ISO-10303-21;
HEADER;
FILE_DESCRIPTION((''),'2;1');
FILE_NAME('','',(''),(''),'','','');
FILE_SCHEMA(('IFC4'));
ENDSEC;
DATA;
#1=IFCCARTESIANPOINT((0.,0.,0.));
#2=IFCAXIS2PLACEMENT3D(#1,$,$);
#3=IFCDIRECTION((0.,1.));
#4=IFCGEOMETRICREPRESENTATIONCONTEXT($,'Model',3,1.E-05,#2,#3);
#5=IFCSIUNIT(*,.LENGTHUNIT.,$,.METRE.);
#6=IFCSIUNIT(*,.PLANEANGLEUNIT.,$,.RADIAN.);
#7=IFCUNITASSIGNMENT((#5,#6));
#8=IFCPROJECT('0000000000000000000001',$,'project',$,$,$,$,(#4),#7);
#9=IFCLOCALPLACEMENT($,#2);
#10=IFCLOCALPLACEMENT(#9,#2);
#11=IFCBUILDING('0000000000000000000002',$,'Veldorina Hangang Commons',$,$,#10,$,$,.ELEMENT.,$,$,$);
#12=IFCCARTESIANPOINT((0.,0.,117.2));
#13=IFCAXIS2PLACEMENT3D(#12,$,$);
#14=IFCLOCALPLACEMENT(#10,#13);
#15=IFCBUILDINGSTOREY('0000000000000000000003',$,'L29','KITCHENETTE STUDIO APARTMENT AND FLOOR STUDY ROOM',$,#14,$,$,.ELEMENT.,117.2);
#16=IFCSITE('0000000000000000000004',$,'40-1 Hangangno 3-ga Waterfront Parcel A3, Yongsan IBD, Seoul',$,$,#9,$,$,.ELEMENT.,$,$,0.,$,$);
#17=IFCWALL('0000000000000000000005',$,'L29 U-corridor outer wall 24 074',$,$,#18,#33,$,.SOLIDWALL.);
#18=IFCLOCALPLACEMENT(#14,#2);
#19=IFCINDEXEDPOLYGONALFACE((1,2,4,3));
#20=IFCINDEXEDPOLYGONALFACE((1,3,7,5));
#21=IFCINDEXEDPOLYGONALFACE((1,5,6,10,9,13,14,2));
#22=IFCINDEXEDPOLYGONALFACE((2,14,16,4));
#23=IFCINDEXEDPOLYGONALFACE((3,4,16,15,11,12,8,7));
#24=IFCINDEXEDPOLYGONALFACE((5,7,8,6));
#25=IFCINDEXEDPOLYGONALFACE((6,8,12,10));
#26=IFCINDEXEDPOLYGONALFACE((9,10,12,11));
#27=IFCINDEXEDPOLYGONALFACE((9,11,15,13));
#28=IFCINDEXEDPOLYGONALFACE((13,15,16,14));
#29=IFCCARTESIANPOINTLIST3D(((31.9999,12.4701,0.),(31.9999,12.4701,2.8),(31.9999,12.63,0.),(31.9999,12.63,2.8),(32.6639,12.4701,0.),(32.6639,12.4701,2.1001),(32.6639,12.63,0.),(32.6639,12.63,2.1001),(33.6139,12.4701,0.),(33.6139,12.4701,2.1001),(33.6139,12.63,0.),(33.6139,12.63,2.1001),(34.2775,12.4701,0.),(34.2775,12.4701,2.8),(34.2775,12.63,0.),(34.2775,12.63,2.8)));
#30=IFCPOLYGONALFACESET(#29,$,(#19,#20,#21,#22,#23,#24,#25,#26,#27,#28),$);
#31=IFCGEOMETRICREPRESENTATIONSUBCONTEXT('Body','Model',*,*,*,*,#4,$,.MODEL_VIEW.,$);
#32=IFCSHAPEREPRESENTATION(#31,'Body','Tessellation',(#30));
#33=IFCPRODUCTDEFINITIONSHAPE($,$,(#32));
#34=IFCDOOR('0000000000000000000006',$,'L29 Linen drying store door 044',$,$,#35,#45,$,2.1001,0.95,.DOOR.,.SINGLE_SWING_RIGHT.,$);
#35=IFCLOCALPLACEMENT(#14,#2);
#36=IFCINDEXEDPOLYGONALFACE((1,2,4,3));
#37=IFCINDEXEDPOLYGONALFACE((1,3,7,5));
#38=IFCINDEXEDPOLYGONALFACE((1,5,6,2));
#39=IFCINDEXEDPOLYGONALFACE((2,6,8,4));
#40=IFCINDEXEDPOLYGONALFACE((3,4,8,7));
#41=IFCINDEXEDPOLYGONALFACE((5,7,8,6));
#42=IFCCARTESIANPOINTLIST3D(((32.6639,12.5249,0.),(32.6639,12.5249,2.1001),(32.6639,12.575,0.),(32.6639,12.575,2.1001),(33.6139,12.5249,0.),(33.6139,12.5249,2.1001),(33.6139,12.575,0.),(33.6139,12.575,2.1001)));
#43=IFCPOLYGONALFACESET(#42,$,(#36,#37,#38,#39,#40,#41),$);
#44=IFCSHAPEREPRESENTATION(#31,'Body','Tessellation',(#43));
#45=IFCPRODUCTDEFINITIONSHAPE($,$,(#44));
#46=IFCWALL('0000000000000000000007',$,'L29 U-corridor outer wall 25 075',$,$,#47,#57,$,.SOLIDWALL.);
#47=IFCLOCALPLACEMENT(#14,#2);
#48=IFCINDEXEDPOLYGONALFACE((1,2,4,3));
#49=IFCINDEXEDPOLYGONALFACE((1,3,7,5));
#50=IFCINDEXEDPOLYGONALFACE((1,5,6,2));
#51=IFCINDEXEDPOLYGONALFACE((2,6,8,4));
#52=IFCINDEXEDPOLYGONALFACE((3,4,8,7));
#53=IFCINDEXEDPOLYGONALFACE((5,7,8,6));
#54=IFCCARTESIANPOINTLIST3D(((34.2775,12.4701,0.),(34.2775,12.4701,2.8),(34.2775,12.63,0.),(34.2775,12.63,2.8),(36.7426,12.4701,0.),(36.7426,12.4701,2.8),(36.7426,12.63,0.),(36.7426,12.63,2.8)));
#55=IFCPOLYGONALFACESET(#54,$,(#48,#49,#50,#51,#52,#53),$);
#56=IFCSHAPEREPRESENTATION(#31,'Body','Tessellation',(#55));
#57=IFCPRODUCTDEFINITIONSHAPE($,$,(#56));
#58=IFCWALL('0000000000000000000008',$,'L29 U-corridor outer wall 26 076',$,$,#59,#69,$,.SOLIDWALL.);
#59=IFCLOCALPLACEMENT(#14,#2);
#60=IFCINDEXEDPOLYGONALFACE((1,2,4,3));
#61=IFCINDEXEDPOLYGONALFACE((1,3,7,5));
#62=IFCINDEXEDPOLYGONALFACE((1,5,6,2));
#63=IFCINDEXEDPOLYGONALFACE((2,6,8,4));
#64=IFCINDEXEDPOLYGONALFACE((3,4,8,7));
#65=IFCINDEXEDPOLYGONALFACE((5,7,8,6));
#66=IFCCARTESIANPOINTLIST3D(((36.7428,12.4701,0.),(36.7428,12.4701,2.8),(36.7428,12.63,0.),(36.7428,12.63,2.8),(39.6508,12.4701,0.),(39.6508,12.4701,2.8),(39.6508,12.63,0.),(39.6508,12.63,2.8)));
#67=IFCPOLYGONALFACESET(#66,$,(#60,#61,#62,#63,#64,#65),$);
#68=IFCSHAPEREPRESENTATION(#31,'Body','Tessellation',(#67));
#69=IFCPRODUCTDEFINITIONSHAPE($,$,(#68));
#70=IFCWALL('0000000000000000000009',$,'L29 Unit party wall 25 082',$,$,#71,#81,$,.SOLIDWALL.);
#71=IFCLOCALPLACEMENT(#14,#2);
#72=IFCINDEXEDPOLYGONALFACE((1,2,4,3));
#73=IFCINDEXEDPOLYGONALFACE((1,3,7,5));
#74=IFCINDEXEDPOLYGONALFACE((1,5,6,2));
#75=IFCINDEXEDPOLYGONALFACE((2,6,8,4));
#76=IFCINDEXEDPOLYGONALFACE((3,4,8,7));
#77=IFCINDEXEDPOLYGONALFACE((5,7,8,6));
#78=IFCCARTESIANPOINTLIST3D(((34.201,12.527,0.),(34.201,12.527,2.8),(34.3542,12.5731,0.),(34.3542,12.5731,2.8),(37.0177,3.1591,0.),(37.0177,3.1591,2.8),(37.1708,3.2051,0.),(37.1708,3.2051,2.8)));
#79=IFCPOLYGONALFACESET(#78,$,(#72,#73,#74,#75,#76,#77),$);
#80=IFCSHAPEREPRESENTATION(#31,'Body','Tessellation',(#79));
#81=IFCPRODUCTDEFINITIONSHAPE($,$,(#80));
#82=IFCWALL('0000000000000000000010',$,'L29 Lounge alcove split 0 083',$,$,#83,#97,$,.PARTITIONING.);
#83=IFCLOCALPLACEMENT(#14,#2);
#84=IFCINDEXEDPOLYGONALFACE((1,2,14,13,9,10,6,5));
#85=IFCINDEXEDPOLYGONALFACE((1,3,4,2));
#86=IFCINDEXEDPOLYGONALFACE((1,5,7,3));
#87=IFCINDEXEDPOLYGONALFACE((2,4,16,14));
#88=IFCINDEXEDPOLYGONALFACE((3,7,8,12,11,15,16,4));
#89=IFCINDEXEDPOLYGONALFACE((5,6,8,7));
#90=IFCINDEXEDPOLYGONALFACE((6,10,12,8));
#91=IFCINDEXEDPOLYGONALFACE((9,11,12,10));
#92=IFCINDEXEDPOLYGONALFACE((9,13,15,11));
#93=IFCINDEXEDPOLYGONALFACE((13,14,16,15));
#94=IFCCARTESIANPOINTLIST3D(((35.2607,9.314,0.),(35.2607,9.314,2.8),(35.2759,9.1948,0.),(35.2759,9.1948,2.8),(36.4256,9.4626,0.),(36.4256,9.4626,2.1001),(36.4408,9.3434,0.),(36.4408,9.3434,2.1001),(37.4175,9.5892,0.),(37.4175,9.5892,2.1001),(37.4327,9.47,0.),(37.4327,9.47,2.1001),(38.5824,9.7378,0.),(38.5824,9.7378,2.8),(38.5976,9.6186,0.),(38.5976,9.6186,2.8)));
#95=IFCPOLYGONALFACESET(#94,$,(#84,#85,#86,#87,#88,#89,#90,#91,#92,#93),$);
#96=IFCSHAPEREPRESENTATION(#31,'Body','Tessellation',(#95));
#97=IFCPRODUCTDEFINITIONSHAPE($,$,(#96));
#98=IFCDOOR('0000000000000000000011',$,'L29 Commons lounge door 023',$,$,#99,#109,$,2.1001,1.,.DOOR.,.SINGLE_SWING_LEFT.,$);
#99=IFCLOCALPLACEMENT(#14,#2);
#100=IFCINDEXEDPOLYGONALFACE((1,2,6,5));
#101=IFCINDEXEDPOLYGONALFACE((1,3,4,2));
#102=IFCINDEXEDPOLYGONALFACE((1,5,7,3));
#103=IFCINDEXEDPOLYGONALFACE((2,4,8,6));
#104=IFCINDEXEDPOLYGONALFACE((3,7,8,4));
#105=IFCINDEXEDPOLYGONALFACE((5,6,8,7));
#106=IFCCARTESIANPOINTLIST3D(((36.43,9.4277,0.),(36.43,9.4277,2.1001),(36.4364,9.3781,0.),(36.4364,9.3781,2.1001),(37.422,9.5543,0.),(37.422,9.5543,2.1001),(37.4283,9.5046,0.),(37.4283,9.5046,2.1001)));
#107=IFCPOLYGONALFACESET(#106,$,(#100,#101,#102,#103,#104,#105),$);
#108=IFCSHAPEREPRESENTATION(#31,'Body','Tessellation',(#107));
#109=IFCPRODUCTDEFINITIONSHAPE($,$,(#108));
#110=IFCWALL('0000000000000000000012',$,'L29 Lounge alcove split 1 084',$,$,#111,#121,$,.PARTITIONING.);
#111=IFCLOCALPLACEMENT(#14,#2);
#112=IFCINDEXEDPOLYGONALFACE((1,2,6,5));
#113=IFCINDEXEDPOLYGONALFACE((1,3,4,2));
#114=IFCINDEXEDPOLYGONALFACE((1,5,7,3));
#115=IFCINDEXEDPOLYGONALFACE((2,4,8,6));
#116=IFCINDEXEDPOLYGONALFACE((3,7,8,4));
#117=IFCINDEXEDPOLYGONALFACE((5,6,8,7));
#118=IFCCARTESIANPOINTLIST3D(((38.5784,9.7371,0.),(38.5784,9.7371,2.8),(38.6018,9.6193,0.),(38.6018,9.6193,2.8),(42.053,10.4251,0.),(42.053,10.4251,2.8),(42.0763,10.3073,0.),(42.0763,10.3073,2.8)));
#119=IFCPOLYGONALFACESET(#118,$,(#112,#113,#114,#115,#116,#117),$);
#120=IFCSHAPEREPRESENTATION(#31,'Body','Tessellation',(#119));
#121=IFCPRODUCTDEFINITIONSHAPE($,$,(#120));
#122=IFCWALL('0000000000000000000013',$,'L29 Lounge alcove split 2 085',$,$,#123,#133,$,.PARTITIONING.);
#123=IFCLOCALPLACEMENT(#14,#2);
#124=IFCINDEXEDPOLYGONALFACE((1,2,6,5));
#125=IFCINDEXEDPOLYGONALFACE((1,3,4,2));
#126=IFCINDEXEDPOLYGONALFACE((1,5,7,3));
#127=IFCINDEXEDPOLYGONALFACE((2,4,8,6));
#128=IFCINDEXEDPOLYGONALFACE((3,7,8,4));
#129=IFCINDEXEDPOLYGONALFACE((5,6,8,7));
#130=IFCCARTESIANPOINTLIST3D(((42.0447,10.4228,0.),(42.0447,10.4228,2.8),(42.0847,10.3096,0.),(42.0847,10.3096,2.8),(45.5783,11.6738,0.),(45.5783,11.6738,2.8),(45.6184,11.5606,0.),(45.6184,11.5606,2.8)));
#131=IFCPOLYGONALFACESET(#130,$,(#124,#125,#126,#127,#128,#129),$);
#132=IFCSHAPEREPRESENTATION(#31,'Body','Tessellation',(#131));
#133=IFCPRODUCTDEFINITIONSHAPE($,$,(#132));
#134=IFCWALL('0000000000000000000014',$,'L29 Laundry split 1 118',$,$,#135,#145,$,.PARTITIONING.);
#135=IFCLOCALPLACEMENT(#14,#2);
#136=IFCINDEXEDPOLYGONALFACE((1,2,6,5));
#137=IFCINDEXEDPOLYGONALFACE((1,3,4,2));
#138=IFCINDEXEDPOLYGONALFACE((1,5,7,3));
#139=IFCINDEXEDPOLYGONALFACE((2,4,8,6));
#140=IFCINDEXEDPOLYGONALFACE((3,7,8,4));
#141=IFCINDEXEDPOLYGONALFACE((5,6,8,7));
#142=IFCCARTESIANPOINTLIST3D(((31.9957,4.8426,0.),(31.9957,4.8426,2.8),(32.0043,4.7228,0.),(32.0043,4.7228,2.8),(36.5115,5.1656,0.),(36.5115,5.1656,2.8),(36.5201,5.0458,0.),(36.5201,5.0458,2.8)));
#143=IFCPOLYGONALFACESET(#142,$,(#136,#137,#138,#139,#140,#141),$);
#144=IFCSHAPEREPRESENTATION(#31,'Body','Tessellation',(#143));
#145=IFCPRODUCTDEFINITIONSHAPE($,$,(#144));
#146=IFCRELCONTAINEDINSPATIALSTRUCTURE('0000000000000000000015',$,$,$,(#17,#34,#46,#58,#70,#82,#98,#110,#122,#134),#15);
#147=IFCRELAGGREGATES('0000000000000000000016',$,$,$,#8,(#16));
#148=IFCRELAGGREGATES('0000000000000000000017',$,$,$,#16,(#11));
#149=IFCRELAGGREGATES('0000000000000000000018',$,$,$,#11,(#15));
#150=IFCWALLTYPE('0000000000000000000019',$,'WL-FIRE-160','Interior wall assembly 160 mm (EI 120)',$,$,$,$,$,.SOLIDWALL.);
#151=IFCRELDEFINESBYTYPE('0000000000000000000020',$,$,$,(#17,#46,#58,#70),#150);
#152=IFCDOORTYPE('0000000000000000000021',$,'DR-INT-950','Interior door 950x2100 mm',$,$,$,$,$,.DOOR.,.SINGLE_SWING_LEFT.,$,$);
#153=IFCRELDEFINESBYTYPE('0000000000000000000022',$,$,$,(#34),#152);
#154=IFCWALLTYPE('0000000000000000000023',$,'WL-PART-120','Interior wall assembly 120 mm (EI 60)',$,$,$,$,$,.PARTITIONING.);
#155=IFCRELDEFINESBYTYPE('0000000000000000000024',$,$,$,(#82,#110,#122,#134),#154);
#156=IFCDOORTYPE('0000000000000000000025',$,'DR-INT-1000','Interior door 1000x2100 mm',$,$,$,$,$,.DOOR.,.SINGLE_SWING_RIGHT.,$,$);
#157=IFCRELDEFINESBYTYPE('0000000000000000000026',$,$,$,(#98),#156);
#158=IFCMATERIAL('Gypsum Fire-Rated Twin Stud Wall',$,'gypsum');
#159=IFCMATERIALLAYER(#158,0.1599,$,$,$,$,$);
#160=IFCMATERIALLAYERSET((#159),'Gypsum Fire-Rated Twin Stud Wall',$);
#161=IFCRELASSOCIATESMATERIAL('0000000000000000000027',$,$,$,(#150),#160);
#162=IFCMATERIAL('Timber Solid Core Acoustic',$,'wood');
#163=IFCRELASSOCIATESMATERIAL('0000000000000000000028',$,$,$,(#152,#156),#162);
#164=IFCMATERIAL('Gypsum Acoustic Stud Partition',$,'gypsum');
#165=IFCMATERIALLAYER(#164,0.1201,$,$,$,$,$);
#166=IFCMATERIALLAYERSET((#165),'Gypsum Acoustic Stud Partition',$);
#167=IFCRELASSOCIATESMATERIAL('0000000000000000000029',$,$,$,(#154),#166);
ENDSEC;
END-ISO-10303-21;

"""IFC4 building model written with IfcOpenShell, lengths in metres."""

from ifc_helpers import new_model, si_unit, direction, frame, frame_2d, origin, place, context, subcontext, project, spatial, rectangle, extrude, material, layer, layer_set, type_object, element, fill, save


model = new_model("IFC4")

# Units and contexts
model_context = context("Model", 3, precision=1e-05, world=origin(), true_north=direction((0.0, 1.0)))
body_context = subcontext(model_context, "Body", "Model", "MODEL_VIEW")
ifc_project = project(units=[si_unit("LENGTHUNIT", "METRE"), si_unit("PLANEANGLEUNIT", "RADIAN")], contexts=[model_context])

# Site, building, storey
site_placement = place(None, origin())
site = spatial("IfcSite", under=ifc_project, at=site_placement, Name="40-1 Hangangno 3-ga Waterfront Parcel A3, Yongsan IBD, Seoul", CompositionType="ELEMENT", RefElevation=0.0)
building_placement = place(site_placement, origin())
building = spatial("IfcBuilding", under=site, at=building_placement, Name="Veldorina Hangang Commons", CompositionType="ELEMENT")
storey_placement = place(building_placement, frame((0.0, 0.0, 117.2)))
storey = spatial("IfcBuildingStorey", under=building, at=storey_placement, Name="L29", Description="KITCHENETTE STUDIO APARTMENT AND FLOOR STUDY ROOM", CompositionType="ELEMENT", Elevation=117.2)

# Wall, opening, door
ifc_material_1 = material(Name="Gypsum Fire-Rated Twin Stud Wall", Category="gypsum")
ifc_layer_1 = layer(ifc_material_1, 0.1599)
ifc_layer_set_1 = layer_set([ifc_layer_1], Name="Gypsum Fire-Rated Twin Stud Wall")
wall_type_1 = type_object("IfcWallType", Name="WL-FIRE-160", Description="Interior wall assembly 160 mm (EI 120)", PredefinedType="SOLIDWALL", material=ifc_layer_set_1)
wall_1_placement = place(storey_placement, frame((32.0, 12.55, 0.0), z_axis=(0.0, 0.0, 1.0), x_axis=(1.0, 0.0, 0.0)))
wall_1 = element("IfcWall", 1, at=wall_1_placement, inside=storey, type_object=wall_type_1, Name="L29 U-corridor outer wall 24 074", PredefinedType="SOLIDWALL", context=body_context, shape_type="SweptSolid", body=[
    extrude(rectangle(XDim=2.2776, YDim=0.1599, at=frame_2d((1.1387, 0.0))), origin(), (0.0, 0.0, 1.0), 2.8),
])
opening_1_placement = place(wall_1_placement, frame((0.6638, 0.0, 0.0)))
opening_1 = element("IfcOpeningElement", 2, at=opening_1_placement, cuts=wall_1, PredefinedType="OPENING", context=body_context, shape_type="SweptSolid", body=[
    extrude(rectangle(XDim=0.95, YDim=2.1001, at=frame_2d((0.4751, 1.05))), frame((0.0, 0.0898, 0.0), z_axis=(0.0, -1.0, 0.0), x_axis=(1.0, 0.0, 0.0)), (0.0, 0.0, 1.0), 0.1799),
])
ifc_material_2 = material(Name="Timber Solid Core Acoustic", Category="wood")
door_type_1 = type_object("IfcDoorType", Name="DR-INT-950", Description="Interior door 950x2100 mm", OperationType="SINGLE_SWING_LEFT", PredefinedType="DOOR", material=ifc_material_2)
door_1_placement = place(opening_1_placement, origin())
door_1 = element("IfcDoor", 3, at=door_1_placement, inside=storey, type_object=door_type_1, Name="L29 Linen drying store door 044", OperationType="SINGLE_SWING_RIGHT", OverallHeight=2.1001, OverallWidth=0.95, PredefinedType="DOOR", context=body_context, shape_type="SweptSolid", body=[
    extrude(rectangle(XDim=0.95, YDim=2.1001, at=frame_2d((0.4751, 1.05))), frame((0.0, 0.0249, 0.0), z_axis=(0.0, -1.0, 0.0), x_axis=(1.0, 0.0, 0.0)), (0.0, 0.0, 1.0), 0.05),
])
fill(opening_1, door_1)

# Walls
wall_2_placement = place(storey_placement, frame((34.2776, 12.55, 0.0), z_axis=(0.0, 0.0, 1.0), x_axis=(1.0, 0.0, 0.0)))
element("IfcWall", 4, at=wall_2_placement, inside=storey, type_object=wall_type_1, Name="L29 U-corridor outer wall 25 075", PredefinedType="SOLIDWALL", context=body_context, shape_type="SweptSolid", body=[
    extrude(rectangle(XDim=2.4651, YDim=0.1599, at=frame_2d((1.2324, 0.0))), origin(), (0.0, 0.0, 1.0), 2.8),
])
wall_3_placement = place(storey_placement, frame((36.7427, 12.55, 0.0), z_axis=(0.0, 0.0, 1.0), x_axis=(1.0, 0.0, 0.0)))
element("IfcWall", 5, at=wall_3_placement, inside=storey, type_object=wall_type_1, Name="L29 U-corridor outer wall 26 076", PredefinedType="SOLIDWALL", context=body_context, shape_type="SweptSolid", body=[
    extrude(rectangle(XDim=2.908, YDim=0.1599, at=frame_2d((1.4541, 0.0))), origin(), (0.0, 0.0, 1.0), 2.8),
])
wall_4_placement = place(storey_placement, frame((34.2776, 12.55, 0.0), z_axis=(0.0, 0.0, 1.0), x_axis=(0.287936, -0.95765, 0.0)))
element("IfcWall", 6, at=wall_4_placement, inside=storey, type_object=wall_type_1, Name="L29 Unit party wall 25 082", PredefinedType="SOLIDWALL", context=body_context, shape_type="SweptSolid", body=[
    extrude(rectangle(XDim=9.7822, YDim=0.1599, at=frame_2d((4.8911, 0.0))), origin(), (0.0, 0.0, 1.0), 2.8),
])

# Wall, opening, door
ifc_material_3 = material(Name="Gypsum Acoustic Stud Partition", Category="gypsum")
ifc_layer_2 = layer(ifc_material_3, 0.1201)
ifc_layer_set_2 = layer_set([ifc_layer_2], Name="Gypsum Acoustic Stud Partition")
wall_type_2 = type_object("IfcWallType", Name="WL-PART-120", Description="Interior wall assembly 120 mm (EI 60)", PredefinedType="PARTITIONING", material=ifc_layer_set_2)
wall_5_placement = place(storey_placement, frame((35.2683, 9.2544, 0.0), z_axis=(0.0, 0.0, 1.0), x_axis=(0.991958, 0.126565, 0.0)))
wall_5 = element("IfcWall", 7, at=wall_5_placement, inside=storey, type_object=wall_type_2, Name="L29 Lounge alcove split 0 083", PredefinedType="PARTITIONING", context=body_context, shape_type="SweptSolid", body=[
    extrude(rectangle(XDim=3.3486, YDim=0.1201, at=frame_2d((1.6743, 0.0))), origin(), (0.0, 0.0, 1.0), 2.8),
])
opening_2_placement = place(wall_5_placement, frame((1.1743, 0.0, 0.0)))
opening_2 = element("IfcOpeningElement", 8, at=opening_2_placement, cuts=wall_5, PredefinedType="OPENING", context=body_context, shape_type="SweptSolid", body=[
    extrude(rectangle(XDim=1.0, YDim=2.1001, at=frame_2d((0.5, 1.05))), frame((0.0, 0.0701, 0.0), z_axis=(0.0, -1.0, 0.0), x_axis=(1.0, 0.0, 0.0)), (0.0, 0.0, 1.0), 0.1401),
])
door_type_2 = type_object("IfcDoorType", Name="DR-INT-1000", Description="Interior door 1000x2100 mm", OperationType="SINGLE_SWING_RIGHT", PredefinedType="DOOR", material=ifc_material_2)
door_2_placement = place(opening_2_placement, origin())
door_2 = element("IfcDoor", 9, at=door_2_placement, inside=storey, type_object=door_type_2, Name="L29 Commons lounge door 023", OperationType="SINGLE_SWING_LEFT", OverallHeight=2.1001, OverallWidth=1.0, PredefinedType="DOOR", context=body_context, shape_type="SweptSolid", body=[
    extrude(rectangle(XDim=1.0, YDim=2.1001, at=frame_2d((0.5, 1.05))), frame((0.0, 0.0249, 0.0), z_axis=(0.0, -1.0, 0.0), x_axis=(1.0, 0.0, 0.0)), (0.0, 0.0, 1.0), 0.05),
])
fill(opening_2, door_2)

# Walls
wall_6_placement = place(storey_placement, frame((38.5901, 9.6782, 0.0), z_axis=(0.0, 0.0, 1.0), x_axis=(0.980955, 0.194234, 0.0)))
element("IfcWall", 10, at=wall_6_placement, inside=storey, type_object=wall_type_2, Name="L29 Lounge alcove split 1 084", PredefinedType="PARTITIONING", context=body_context, shape_type="SweptSolid", body=[
    extrude(rectangle(XDim=3.542, YDim=0.1201, at=frame_2d((1.771, 0.0))), origin(), (0.0, 0.0, 1.0), 2.8),
])
wall_7_placement = place(storey_placement, frame((42.0647, 10.3662, 0.0), z_axis=(0.0, 0.0, 1.0), x_axis=(0.942672, 0.333719, 0.0)))
element("IfcWall", 11, at=wall_7_placement, inside=storey, type_object=wall_type_2, Name="L29 Lounge alcove split 2 085", PredefinedType="PARTITIONING", context=body_context, shape_type="SweptSolid", body=[
    extrude(rectangle(XDim=3.7485, YDim=0.1201, at=frame_2d((1.8743, 0.0))), origin(), (0.0, 0.0, 1.0), 2.8),
])
wall_8_placement = place(storey_placement, frame((32.0, 4.7827, 0.0), z_axis=(0.0, 0.0, 1.0), x_axis=(0.997452, 0.071343, 0.0)))
element("IfcWall", 12, at=wall_8_placement, inside=storey, type_object=wall_type_2, Name="L29 Laundry split 1 118", PredefinedType="PARTITIONING", context=body_context, shape_type="SweptSolid", body=[
    extrude(rectangle(XDim=4.5273, YDim=0.1201, at=frame_2d((2.2637, 0.0))), origin(), (0.0, 0.0, 1.0), 2.8),
])

save(model, "model.ifc")
